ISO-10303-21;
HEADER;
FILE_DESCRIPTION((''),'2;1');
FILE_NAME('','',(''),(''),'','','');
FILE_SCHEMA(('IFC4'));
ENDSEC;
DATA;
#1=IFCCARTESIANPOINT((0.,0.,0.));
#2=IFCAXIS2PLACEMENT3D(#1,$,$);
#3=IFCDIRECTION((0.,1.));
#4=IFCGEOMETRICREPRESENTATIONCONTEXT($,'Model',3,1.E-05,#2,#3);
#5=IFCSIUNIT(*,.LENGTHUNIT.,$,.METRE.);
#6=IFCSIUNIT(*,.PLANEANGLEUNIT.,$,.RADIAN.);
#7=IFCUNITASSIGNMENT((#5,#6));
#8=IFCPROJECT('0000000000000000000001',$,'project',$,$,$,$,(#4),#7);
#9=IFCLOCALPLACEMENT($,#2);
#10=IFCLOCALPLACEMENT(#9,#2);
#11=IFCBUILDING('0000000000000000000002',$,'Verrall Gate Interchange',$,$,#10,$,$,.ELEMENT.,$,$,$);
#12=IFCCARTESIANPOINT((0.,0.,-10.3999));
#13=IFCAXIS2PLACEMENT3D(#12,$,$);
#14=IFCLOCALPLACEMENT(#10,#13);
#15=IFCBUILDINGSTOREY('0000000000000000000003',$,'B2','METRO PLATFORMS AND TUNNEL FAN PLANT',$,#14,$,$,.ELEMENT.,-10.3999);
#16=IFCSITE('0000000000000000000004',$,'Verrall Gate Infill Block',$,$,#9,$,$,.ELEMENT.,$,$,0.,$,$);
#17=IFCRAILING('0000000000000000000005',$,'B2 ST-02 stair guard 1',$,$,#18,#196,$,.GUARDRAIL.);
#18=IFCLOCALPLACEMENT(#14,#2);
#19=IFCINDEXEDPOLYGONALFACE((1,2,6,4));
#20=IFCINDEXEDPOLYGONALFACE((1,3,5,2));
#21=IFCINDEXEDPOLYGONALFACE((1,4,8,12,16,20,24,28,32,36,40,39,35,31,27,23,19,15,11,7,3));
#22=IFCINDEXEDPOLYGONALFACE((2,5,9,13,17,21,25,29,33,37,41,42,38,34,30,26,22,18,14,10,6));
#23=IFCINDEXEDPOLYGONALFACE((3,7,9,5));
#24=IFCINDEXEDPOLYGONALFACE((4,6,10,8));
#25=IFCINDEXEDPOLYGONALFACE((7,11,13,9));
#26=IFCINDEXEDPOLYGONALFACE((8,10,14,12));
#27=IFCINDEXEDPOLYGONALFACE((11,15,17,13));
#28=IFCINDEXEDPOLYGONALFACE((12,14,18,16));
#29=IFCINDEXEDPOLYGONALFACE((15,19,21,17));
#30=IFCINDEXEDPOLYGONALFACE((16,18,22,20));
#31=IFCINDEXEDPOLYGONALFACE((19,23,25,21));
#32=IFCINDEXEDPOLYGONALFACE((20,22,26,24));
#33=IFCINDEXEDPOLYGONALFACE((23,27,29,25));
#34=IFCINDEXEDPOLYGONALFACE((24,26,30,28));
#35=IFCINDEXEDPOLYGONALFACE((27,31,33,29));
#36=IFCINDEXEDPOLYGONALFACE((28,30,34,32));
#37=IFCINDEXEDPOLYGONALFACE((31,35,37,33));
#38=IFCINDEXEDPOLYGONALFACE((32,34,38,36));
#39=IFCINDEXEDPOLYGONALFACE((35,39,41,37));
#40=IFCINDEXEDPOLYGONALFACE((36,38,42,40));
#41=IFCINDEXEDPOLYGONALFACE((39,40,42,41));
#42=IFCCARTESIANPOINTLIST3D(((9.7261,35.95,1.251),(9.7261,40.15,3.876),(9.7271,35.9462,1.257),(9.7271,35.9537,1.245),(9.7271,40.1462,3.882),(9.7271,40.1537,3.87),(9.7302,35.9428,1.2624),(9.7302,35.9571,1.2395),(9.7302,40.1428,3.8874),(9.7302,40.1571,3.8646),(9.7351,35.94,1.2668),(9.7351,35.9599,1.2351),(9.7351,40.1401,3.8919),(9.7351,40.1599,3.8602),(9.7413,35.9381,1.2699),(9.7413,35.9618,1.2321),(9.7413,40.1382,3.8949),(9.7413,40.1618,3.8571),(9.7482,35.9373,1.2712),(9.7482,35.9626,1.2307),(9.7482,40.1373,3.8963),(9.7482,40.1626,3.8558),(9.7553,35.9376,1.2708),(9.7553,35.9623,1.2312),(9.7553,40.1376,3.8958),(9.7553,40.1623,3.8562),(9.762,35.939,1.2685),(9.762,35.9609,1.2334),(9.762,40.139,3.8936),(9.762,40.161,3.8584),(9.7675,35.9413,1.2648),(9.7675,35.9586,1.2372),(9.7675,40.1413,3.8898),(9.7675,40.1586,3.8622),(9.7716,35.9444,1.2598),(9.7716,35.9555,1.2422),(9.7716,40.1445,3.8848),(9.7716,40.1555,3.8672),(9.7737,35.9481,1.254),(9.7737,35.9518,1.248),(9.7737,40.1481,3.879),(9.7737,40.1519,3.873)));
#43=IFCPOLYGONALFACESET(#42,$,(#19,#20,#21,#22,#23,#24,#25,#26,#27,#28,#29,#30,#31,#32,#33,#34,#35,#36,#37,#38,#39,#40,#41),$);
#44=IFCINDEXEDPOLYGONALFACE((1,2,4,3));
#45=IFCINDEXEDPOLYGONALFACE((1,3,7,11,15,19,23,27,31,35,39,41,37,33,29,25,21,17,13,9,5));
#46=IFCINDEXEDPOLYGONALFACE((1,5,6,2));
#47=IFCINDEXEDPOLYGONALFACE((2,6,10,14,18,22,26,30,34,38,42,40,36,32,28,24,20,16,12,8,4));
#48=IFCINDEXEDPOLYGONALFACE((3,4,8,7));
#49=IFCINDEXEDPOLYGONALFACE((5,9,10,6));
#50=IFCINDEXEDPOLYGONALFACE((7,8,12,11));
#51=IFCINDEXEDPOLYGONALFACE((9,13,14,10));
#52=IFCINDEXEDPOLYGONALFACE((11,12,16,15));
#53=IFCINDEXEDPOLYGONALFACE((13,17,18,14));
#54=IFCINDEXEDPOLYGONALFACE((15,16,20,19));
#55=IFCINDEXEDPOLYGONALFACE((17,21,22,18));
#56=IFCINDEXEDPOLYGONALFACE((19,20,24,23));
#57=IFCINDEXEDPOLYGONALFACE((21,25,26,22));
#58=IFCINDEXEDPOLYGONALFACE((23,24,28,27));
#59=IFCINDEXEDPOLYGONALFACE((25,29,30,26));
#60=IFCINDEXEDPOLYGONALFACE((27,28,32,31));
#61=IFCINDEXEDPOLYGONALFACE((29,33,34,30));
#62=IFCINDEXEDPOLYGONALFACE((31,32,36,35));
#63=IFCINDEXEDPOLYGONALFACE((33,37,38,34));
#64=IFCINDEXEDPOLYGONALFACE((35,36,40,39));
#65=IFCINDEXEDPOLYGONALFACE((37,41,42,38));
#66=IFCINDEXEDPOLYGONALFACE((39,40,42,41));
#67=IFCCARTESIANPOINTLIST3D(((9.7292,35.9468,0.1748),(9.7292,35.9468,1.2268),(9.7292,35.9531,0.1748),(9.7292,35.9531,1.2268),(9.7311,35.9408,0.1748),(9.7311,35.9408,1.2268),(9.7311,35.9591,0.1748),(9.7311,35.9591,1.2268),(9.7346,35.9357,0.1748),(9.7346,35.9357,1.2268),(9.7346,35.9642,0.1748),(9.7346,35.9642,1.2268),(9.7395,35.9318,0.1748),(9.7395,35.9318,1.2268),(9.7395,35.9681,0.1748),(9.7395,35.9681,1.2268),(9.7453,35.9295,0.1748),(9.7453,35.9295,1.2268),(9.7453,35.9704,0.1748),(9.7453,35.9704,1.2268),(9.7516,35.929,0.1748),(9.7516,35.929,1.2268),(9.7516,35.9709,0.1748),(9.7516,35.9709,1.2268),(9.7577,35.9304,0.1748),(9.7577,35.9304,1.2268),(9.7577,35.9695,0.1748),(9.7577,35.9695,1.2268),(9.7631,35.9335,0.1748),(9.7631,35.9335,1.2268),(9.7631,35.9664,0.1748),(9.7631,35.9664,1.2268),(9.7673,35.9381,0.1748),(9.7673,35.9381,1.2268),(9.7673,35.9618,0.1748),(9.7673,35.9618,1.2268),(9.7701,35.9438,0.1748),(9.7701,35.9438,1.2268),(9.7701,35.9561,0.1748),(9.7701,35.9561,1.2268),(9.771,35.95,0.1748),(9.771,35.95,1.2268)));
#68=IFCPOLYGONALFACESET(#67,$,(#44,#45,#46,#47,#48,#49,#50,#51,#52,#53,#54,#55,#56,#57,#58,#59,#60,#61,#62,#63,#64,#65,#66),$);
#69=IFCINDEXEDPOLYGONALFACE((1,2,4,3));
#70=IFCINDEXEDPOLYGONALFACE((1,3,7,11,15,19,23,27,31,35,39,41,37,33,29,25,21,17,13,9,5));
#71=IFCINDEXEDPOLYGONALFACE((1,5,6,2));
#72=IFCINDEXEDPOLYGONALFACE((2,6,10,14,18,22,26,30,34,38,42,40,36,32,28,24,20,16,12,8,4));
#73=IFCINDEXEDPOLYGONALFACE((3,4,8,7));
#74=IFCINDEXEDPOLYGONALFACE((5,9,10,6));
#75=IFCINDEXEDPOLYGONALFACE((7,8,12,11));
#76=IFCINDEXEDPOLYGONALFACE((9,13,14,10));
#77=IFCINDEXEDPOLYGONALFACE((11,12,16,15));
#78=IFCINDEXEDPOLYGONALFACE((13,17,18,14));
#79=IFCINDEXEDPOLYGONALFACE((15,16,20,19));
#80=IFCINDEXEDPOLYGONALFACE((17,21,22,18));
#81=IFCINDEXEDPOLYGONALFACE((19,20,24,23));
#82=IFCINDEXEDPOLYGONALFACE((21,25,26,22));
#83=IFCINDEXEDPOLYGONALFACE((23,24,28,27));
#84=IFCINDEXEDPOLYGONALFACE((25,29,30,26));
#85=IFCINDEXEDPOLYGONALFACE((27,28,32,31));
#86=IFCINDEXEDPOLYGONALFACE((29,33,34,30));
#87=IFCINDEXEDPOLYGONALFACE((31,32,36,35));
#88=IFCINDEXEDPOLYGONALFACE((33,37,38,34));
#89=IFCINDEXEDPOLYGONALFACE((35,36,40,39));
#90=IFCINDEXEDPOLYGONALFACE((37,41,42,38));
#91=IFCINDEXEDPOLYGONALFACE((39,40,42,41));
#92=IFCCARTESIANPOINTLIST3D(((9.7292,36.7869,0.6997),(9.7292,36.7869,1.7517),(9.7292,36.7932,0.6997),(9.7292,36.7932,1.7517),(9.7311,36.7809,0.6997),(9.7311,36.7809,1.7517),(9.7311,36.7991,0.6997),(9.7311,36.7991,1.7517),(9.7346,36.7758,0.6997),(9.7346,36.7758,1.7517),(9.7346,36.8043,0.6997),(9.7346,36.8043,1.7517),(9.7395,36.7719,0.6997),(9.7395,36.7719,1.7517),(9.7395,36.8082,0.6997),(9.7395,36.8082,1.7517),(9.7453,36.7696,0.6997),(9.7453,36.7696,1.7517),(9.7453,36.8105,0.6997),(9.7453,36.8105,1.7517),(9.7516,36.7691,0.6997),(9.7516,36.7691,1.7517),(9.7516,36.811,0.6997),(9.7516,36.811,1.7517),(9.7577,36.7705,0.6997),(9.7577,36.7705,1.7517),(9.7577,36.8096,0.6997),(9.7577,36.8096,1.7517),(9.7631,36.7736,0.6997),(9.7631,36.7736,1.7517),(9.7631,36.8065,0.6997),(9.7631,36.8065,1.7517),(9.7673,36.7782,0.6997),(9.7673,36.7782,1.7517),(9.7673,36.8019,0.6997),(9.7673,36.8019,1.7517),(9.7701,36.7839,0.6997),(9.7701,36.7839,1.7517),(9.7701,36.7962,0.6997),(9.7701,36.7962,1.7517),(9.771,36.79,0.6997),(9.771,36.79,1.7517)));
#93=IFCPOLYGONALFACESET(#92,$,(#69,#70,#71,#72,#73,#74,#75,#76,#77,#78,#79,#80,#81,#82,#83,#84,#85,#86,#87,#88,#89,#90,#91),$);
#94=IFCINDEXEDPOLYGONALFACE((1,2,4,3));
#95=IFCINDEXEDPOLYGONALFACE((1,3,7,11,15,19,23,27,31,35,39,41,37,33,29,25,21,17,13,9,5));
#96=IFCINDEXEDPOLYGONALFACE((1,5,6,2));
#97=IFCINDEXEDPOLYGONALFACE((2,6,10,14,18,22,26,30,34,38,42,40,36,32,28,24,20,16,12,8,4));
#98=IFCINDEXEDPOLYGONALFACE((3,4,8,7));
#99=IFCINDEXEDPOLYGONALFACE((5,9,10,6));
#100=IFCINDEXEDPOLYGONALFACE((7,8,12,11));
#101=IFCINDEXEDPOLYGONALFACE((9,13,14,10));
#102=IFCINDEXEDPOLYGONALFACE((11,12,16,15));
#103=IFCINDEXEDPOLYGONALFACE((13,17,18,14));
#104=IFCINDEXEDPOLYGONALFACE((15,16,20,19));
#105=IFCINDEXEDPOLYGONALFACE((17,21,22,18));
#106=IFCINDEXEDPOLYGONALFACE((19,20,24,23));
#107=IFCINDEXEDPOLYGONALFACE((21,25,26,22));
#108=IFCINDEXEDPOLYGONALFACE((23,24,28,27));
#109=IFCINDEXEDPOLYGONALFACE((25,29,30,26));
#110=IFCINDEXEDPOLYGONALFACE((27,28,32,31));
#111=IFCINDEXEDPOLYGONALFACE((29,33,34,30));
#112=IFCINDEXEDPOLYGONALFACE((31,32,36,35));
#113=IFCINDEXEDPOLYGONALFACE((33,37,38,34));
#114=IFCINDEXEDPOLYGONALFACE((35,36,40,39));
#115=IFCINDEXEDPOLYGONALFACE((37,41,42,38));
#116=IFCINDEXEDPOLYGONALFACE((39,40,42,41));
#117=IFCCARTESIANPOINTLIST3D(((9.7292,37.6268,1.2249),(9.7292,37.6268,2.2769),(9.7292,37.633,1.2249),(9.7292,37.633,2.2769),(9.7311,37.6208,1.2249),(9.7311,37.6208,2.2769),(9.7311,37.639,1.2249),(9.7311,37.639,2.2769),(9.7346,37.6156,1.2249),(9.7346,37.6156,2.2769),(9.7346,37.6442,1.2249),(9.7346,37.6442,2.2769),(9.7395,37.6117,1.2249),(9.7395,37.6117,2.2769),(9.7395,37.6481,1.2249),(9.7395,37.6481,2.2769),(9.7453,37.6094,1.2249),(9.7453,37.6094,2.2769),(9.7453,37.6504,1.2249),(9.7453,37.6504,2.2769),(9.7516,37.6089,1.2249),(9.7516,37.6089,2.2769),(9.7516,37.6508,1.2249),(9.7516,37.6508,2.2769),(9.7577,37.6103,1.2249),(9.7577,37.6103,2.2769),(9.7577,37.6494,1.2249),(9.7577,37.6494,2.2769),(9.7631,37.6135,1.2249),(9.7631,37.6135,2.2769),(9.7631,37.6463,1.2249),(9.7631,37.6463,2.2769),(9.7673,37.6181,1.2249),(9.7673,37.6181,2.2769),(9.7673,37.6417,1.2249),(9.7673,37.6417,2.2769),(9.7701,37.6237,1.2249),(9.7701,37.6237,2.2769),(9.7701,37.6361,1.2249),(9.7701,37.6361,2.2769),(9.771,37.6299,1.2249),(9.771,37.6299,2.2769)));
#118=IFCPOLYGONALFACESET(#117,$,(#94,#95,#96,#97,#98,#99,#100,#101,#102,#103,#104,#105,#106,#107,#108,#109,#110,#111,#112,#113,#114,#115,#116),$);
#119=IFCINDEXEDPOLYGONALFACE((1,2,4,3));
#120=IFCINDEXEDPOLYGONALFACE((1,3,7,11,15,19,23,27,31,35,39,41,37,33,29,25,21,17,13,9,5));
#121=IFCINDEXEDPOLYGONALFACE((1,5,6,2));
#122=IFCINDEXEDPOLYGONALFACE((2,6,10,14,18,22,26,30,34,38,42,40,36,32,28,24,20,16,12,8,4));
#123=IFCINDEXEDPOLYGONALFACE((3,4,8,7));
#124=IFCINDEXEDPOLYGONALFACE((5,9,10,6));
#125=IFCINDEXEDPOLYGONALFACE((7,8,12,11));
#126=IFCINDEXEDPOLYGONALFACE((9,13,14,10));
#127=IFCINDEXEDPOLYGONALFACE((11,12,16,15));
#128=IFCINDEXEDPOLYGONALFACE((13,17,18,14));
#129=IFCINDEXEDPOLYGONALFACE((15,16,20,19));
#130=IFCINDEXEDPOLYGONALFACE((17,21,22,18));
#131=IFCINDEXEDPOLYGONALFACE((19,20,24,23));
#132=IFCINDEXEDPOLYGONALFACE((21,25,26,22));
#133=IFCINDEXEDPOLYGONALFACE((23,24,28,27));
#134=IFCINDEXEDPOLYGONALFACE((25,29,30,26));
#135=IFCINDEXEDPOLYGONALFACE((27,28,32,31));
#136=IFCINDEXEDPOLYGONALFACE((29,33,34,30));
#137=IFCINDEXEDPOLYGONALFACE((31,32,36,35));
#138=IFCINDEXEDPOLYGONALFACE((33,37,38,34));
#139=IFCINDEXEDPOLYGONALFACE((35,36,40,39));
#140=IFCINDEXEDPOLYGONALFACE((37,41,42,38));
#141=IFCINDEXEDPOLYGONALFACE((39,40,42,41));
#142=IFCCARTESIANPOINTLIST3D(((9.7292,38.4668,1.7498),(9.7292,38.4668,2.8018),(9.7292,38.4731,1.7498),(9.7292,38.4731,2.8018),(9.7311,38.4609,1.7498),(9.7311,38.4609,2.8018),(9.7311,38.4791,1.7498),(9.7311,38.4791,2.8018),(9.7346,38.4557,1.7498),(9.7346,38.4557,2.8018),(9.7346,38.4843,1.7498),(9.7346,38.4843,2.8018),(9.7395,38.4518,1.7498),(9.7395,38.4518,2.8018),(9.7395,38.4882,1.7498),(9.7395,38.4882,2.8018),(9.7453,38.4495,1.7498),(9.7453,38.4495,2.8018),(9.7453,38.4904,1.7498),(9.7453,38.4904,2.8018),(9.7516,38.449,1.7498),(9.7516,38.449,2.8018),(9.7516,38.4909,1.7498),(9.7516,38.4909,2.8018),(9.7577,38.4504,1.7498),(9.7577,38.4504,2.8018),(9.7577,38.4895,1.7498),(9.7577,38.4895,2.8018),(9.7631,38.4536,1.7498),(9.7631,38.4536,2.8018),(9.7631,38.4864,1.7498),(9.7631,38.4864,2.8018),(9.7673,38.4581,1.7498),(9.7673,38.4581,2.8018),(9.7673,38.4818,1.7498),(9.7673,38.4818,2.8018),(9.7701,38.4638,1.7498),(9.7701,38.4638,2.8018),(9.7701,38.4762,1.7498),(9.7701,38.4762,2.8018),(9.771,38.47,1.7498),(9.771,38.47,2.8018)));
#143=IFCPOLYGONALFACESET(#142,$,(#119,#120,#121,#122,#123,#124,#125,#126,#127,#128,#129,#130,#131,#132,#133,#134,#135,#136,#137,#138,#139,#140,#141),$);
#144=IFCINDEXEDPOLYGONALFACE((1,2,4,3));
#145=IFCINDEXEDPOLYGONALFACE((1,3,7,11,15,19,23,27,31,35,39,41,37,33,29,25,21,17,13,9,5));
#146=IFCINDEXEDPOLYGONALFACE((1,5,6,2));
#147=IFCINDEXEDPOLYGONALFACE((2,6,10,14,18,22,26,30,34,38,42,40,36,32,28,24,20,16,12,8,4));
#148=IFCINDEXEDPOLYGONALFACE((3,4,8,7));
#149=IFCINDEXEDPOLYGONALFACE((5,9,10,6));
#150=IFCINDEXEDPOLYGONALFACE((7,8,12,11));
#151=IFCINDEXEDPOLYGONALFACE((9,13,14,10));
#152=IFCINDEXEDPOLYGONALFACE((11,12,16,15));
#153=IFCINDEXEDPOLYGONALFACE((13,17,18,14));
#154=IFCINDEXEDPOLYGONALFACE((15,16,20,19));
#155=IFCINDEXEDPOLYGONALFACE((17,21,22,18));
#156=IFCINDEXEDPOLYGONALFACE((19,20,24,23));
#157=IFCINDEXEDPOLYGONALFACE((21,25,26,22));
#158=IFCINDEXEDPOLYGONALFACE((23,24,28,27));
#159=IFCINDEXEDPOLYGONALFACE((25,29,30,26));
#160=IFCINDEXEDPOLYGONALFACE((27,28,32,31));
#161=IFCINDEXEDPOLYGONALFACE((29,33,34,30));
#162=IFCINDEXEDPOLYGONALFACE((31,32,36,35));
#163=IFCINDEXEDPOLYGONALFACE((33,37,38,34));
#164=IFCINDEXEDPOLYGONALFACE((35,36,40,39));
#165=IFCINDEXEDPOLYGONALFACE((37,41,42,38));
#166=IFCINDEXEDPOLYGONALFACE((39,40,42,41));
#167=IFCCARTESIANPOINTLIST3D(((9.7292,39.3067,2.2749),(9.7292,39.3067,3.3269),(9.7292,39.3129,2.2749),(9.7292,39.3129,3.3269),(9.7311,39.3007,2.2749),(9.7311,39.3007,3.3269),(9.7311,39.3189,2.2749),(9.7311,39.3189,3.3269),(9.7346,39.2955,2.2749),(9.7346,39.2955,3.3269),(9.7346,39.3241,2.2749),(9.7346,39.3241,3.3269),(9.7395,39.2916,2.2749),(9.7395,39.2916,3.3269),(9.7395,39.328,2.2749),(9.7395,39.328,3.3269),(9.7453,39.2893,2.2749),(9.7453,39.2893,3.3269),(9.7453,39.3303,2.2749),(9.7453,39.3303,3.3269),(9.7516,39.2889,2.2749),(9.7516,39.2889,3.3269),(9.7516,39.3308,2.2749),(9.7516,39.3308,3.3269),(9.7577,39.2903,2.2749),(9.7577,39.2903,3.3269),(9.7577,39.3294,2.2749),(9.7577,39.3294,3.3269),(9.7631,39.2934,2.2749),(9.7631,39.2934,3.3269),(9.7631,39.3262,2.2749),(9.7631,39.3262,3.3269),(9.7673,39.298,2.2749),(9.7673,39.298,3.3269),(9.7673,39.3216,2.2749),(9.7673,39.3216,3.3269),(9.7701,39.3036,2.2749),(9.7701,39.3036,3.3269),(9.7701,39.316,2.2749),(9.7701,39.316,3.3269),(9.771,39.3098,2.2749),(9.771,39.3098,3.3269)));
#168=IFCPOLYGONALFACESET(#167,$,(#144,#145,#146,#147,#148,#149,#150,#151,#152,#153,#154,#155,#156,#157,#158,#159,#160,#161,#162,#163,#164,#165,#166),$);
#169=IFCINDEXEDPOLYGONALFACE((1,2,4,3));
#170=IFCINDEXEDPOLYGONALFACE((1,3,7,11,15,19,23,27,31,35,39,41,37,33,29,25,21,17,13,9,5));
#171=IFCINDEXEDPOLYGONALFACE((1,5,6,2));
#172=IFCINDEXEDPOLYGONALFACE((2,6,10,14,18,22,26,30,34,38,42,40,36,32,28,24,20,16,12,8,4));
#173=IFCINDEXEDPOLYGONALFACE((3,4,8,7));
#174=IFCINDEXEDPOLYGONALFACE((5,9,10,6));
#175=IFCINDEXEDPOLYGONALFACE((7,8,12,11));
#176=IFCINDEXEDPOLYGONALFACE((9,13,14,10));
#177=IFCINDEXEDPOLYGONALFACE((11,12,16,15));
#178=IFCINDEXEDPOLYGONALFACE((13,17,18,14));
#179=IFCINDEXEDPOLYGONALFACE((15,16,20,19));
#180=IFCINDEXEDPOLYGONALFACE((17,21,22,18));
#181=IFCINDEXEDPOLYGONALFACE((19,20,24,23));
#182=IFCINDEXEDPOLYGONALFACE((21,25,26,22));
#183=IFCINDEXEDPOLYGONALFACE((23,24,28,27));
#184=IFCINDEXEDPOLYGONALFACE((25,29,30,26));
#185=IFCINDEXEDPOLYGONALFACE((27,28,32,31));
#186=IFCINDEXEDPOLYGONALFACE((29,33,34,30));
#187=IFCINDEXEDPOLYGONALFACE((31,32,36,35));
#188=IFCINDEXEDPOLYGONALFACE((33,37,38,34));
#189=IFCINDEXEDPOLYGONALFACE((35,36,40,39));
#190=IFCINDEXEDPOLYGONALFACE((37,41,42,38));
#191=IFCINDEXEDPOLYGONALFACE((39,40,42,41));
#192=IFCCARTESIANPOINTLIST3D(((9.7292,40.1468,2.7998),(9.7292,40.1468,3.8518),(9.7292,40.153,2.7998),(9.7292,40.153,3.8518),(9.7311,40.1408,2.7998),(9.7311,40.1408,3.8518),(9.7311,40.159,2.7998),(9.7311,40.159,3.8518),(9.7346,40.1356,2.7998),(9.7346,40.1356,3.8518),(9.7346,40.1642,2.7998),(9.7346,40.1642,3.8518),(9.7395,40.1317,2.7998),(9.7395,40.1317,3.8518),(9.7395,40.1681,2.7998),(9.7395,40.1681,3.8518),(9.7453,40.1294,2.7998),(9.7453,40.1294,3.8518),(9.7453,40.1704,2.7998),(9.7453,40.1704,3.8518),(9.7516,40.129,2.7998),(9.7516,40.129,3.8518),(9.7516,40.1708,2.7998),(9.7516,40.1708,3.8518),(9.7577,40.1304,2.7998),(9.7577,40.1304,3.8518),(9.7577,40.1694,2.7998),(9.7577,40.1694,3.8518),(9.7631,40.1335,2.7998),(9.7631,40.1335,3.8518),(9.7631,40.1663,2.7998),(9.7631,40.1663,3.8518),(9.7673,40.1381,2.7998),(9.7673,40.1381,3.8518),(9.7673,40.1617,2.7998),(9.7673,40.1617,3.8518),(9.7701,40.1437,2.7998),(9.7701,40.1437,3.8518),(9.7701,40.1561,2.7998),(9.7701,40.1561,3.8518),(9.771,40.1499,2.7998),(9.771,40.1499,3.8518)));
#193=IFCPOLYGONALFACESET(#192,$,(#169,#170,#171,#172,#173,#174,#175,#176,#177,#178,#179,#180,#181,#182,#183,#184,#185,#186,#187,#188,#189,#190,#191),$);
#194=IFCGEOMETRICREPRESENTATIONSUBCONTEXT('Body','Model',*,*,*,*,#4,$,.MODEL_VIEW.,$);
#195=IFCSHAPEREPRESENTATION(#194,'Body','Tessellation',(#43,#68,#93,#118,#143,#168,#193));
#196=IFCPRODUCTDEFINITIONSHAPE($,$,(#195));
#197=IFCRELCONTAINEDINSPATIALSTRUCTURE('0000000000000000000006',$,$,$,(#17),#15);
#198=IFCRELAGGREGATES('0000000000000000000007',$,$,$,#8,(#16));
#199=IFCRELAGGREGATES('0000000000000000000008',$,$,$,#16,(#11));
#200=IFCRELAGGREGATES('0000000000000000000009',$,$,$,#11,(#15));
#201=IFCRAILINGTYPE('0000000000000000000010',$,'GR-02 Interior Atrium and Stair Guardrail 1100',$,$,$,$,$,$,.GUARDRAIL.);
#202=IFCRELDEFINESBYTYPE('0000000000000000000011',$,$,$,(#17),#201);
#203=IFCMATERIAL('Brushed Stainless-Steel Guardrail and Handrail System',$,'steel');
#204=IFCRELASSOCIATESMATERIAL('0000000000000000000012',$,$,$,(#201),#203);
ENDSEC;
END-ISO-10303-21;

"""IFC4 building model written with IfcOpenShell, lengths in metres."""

from ifc_helpers import new_model, si_unit, direction, frame, origin, origin_2d, place, context, subcontext, project, spatial, circle, extrude, material, type_object, element, save


model = new_model("IFC4")

# Units and contexts
model_context = context("Model", 3, precision=1e-05, world=origin(), true_north=direction((0.0, 1.0)))
body_context = subcontext(model_context, "Body", "Model", "MODEL_VIEW")
ifc_project = project(units=[si_unit("LENGTHUNIT", "METRE"), si_unit("PLANEANGLEUNIT", "RADIAN")], contexts=[model_context])

# Site, building, storey
site_placement = place(None, origin())
site = spatial("IfcSite", under=ifc_project, at=site_placement, Name="Verrall Gate Infill Block", CompositionType="ELEMENT", RefElevation=0.0)
building_placement = place(site_placement, origin())
building = spatial("IfcBuilding", under=site, at=building_placement, Name="Verrall Gate Interchange", CompositionType="ELEMENT")
storey_placement = place(building_placement, frame((0.0, 0.0, -10.3999)))
storey = spatial("IfcBuildingStorey", under=building, at=storey_placement, Name="B2", Description="METRO PLATFORMS AND TUNNEL FAN PLANT", CompositionType="ELEMENT", Elevation=-10.3999)

# Railing
ifc_material_1 = material(Name="Brushed Stainless-Steel Guardrail and Handrail System", Category="steel")
railing_type_1 = type_object("IfcRailingType", Name="GR-02 Interior Atrium and Stair Guardrail 1100", PredefinedType="GUARDRAIL", material=ifc_material_1)
railing_1_placement = place(storey_placement, frame((9.75, 35.95, 0.1748)))
element("IfcRailing", 1, at=railing_1_placement, inside=storey, type_object=railing_type_1, Name="B2 ST-02 stair guard 1", PredefinedType="GUARDRAIL", context=body_context, shape_type="SweptSolid", body=[
    extrude(circle(Radius=0.0239, at=origin_2d()), frame((0.0, 0.0, 1.0762), z_axis=(0.0, 0.847996, 0.530003), x_axis=(-1.0, 0.0, 0.0)), (0.0, 0.0, 1.0), 4.9529),
    extrude(circle(Radius=0.021, at=origin_2d()), origin(), (0.0, 0.0, 1.0), 1.052),
    extrude(circle(Radius=0.021, at=origin_2d()), frame((0.0, 0.8401, 0.5249)), (0.0, 0.0, 1.0), 1.052),
    extrude(circle(Radius=0.021, at=origin_2d()), frame((0.0, 1.6799, 1.05)), (0.0, 0.0, 1.0), 1.052),
    extrude(circle(Radius=0.021, at=origin_2d()), frame((0.0, 2.52, 1.575)), (0.0, 0.0, 1.0), 1.052),
    extrude(circle(Radius=0.021, at=origin_2d()), frame((0.0, 3.3599, 2.1001)), (0.0, 0.0, 1.0), 1.052),
    extrude(circle(Radius=0.021, at=origin_2d()), frame((0.0, 4.2, 2.625)), (0.0, 0.0, 1.0), 1.052),
])

save(model, "model.ifc")
